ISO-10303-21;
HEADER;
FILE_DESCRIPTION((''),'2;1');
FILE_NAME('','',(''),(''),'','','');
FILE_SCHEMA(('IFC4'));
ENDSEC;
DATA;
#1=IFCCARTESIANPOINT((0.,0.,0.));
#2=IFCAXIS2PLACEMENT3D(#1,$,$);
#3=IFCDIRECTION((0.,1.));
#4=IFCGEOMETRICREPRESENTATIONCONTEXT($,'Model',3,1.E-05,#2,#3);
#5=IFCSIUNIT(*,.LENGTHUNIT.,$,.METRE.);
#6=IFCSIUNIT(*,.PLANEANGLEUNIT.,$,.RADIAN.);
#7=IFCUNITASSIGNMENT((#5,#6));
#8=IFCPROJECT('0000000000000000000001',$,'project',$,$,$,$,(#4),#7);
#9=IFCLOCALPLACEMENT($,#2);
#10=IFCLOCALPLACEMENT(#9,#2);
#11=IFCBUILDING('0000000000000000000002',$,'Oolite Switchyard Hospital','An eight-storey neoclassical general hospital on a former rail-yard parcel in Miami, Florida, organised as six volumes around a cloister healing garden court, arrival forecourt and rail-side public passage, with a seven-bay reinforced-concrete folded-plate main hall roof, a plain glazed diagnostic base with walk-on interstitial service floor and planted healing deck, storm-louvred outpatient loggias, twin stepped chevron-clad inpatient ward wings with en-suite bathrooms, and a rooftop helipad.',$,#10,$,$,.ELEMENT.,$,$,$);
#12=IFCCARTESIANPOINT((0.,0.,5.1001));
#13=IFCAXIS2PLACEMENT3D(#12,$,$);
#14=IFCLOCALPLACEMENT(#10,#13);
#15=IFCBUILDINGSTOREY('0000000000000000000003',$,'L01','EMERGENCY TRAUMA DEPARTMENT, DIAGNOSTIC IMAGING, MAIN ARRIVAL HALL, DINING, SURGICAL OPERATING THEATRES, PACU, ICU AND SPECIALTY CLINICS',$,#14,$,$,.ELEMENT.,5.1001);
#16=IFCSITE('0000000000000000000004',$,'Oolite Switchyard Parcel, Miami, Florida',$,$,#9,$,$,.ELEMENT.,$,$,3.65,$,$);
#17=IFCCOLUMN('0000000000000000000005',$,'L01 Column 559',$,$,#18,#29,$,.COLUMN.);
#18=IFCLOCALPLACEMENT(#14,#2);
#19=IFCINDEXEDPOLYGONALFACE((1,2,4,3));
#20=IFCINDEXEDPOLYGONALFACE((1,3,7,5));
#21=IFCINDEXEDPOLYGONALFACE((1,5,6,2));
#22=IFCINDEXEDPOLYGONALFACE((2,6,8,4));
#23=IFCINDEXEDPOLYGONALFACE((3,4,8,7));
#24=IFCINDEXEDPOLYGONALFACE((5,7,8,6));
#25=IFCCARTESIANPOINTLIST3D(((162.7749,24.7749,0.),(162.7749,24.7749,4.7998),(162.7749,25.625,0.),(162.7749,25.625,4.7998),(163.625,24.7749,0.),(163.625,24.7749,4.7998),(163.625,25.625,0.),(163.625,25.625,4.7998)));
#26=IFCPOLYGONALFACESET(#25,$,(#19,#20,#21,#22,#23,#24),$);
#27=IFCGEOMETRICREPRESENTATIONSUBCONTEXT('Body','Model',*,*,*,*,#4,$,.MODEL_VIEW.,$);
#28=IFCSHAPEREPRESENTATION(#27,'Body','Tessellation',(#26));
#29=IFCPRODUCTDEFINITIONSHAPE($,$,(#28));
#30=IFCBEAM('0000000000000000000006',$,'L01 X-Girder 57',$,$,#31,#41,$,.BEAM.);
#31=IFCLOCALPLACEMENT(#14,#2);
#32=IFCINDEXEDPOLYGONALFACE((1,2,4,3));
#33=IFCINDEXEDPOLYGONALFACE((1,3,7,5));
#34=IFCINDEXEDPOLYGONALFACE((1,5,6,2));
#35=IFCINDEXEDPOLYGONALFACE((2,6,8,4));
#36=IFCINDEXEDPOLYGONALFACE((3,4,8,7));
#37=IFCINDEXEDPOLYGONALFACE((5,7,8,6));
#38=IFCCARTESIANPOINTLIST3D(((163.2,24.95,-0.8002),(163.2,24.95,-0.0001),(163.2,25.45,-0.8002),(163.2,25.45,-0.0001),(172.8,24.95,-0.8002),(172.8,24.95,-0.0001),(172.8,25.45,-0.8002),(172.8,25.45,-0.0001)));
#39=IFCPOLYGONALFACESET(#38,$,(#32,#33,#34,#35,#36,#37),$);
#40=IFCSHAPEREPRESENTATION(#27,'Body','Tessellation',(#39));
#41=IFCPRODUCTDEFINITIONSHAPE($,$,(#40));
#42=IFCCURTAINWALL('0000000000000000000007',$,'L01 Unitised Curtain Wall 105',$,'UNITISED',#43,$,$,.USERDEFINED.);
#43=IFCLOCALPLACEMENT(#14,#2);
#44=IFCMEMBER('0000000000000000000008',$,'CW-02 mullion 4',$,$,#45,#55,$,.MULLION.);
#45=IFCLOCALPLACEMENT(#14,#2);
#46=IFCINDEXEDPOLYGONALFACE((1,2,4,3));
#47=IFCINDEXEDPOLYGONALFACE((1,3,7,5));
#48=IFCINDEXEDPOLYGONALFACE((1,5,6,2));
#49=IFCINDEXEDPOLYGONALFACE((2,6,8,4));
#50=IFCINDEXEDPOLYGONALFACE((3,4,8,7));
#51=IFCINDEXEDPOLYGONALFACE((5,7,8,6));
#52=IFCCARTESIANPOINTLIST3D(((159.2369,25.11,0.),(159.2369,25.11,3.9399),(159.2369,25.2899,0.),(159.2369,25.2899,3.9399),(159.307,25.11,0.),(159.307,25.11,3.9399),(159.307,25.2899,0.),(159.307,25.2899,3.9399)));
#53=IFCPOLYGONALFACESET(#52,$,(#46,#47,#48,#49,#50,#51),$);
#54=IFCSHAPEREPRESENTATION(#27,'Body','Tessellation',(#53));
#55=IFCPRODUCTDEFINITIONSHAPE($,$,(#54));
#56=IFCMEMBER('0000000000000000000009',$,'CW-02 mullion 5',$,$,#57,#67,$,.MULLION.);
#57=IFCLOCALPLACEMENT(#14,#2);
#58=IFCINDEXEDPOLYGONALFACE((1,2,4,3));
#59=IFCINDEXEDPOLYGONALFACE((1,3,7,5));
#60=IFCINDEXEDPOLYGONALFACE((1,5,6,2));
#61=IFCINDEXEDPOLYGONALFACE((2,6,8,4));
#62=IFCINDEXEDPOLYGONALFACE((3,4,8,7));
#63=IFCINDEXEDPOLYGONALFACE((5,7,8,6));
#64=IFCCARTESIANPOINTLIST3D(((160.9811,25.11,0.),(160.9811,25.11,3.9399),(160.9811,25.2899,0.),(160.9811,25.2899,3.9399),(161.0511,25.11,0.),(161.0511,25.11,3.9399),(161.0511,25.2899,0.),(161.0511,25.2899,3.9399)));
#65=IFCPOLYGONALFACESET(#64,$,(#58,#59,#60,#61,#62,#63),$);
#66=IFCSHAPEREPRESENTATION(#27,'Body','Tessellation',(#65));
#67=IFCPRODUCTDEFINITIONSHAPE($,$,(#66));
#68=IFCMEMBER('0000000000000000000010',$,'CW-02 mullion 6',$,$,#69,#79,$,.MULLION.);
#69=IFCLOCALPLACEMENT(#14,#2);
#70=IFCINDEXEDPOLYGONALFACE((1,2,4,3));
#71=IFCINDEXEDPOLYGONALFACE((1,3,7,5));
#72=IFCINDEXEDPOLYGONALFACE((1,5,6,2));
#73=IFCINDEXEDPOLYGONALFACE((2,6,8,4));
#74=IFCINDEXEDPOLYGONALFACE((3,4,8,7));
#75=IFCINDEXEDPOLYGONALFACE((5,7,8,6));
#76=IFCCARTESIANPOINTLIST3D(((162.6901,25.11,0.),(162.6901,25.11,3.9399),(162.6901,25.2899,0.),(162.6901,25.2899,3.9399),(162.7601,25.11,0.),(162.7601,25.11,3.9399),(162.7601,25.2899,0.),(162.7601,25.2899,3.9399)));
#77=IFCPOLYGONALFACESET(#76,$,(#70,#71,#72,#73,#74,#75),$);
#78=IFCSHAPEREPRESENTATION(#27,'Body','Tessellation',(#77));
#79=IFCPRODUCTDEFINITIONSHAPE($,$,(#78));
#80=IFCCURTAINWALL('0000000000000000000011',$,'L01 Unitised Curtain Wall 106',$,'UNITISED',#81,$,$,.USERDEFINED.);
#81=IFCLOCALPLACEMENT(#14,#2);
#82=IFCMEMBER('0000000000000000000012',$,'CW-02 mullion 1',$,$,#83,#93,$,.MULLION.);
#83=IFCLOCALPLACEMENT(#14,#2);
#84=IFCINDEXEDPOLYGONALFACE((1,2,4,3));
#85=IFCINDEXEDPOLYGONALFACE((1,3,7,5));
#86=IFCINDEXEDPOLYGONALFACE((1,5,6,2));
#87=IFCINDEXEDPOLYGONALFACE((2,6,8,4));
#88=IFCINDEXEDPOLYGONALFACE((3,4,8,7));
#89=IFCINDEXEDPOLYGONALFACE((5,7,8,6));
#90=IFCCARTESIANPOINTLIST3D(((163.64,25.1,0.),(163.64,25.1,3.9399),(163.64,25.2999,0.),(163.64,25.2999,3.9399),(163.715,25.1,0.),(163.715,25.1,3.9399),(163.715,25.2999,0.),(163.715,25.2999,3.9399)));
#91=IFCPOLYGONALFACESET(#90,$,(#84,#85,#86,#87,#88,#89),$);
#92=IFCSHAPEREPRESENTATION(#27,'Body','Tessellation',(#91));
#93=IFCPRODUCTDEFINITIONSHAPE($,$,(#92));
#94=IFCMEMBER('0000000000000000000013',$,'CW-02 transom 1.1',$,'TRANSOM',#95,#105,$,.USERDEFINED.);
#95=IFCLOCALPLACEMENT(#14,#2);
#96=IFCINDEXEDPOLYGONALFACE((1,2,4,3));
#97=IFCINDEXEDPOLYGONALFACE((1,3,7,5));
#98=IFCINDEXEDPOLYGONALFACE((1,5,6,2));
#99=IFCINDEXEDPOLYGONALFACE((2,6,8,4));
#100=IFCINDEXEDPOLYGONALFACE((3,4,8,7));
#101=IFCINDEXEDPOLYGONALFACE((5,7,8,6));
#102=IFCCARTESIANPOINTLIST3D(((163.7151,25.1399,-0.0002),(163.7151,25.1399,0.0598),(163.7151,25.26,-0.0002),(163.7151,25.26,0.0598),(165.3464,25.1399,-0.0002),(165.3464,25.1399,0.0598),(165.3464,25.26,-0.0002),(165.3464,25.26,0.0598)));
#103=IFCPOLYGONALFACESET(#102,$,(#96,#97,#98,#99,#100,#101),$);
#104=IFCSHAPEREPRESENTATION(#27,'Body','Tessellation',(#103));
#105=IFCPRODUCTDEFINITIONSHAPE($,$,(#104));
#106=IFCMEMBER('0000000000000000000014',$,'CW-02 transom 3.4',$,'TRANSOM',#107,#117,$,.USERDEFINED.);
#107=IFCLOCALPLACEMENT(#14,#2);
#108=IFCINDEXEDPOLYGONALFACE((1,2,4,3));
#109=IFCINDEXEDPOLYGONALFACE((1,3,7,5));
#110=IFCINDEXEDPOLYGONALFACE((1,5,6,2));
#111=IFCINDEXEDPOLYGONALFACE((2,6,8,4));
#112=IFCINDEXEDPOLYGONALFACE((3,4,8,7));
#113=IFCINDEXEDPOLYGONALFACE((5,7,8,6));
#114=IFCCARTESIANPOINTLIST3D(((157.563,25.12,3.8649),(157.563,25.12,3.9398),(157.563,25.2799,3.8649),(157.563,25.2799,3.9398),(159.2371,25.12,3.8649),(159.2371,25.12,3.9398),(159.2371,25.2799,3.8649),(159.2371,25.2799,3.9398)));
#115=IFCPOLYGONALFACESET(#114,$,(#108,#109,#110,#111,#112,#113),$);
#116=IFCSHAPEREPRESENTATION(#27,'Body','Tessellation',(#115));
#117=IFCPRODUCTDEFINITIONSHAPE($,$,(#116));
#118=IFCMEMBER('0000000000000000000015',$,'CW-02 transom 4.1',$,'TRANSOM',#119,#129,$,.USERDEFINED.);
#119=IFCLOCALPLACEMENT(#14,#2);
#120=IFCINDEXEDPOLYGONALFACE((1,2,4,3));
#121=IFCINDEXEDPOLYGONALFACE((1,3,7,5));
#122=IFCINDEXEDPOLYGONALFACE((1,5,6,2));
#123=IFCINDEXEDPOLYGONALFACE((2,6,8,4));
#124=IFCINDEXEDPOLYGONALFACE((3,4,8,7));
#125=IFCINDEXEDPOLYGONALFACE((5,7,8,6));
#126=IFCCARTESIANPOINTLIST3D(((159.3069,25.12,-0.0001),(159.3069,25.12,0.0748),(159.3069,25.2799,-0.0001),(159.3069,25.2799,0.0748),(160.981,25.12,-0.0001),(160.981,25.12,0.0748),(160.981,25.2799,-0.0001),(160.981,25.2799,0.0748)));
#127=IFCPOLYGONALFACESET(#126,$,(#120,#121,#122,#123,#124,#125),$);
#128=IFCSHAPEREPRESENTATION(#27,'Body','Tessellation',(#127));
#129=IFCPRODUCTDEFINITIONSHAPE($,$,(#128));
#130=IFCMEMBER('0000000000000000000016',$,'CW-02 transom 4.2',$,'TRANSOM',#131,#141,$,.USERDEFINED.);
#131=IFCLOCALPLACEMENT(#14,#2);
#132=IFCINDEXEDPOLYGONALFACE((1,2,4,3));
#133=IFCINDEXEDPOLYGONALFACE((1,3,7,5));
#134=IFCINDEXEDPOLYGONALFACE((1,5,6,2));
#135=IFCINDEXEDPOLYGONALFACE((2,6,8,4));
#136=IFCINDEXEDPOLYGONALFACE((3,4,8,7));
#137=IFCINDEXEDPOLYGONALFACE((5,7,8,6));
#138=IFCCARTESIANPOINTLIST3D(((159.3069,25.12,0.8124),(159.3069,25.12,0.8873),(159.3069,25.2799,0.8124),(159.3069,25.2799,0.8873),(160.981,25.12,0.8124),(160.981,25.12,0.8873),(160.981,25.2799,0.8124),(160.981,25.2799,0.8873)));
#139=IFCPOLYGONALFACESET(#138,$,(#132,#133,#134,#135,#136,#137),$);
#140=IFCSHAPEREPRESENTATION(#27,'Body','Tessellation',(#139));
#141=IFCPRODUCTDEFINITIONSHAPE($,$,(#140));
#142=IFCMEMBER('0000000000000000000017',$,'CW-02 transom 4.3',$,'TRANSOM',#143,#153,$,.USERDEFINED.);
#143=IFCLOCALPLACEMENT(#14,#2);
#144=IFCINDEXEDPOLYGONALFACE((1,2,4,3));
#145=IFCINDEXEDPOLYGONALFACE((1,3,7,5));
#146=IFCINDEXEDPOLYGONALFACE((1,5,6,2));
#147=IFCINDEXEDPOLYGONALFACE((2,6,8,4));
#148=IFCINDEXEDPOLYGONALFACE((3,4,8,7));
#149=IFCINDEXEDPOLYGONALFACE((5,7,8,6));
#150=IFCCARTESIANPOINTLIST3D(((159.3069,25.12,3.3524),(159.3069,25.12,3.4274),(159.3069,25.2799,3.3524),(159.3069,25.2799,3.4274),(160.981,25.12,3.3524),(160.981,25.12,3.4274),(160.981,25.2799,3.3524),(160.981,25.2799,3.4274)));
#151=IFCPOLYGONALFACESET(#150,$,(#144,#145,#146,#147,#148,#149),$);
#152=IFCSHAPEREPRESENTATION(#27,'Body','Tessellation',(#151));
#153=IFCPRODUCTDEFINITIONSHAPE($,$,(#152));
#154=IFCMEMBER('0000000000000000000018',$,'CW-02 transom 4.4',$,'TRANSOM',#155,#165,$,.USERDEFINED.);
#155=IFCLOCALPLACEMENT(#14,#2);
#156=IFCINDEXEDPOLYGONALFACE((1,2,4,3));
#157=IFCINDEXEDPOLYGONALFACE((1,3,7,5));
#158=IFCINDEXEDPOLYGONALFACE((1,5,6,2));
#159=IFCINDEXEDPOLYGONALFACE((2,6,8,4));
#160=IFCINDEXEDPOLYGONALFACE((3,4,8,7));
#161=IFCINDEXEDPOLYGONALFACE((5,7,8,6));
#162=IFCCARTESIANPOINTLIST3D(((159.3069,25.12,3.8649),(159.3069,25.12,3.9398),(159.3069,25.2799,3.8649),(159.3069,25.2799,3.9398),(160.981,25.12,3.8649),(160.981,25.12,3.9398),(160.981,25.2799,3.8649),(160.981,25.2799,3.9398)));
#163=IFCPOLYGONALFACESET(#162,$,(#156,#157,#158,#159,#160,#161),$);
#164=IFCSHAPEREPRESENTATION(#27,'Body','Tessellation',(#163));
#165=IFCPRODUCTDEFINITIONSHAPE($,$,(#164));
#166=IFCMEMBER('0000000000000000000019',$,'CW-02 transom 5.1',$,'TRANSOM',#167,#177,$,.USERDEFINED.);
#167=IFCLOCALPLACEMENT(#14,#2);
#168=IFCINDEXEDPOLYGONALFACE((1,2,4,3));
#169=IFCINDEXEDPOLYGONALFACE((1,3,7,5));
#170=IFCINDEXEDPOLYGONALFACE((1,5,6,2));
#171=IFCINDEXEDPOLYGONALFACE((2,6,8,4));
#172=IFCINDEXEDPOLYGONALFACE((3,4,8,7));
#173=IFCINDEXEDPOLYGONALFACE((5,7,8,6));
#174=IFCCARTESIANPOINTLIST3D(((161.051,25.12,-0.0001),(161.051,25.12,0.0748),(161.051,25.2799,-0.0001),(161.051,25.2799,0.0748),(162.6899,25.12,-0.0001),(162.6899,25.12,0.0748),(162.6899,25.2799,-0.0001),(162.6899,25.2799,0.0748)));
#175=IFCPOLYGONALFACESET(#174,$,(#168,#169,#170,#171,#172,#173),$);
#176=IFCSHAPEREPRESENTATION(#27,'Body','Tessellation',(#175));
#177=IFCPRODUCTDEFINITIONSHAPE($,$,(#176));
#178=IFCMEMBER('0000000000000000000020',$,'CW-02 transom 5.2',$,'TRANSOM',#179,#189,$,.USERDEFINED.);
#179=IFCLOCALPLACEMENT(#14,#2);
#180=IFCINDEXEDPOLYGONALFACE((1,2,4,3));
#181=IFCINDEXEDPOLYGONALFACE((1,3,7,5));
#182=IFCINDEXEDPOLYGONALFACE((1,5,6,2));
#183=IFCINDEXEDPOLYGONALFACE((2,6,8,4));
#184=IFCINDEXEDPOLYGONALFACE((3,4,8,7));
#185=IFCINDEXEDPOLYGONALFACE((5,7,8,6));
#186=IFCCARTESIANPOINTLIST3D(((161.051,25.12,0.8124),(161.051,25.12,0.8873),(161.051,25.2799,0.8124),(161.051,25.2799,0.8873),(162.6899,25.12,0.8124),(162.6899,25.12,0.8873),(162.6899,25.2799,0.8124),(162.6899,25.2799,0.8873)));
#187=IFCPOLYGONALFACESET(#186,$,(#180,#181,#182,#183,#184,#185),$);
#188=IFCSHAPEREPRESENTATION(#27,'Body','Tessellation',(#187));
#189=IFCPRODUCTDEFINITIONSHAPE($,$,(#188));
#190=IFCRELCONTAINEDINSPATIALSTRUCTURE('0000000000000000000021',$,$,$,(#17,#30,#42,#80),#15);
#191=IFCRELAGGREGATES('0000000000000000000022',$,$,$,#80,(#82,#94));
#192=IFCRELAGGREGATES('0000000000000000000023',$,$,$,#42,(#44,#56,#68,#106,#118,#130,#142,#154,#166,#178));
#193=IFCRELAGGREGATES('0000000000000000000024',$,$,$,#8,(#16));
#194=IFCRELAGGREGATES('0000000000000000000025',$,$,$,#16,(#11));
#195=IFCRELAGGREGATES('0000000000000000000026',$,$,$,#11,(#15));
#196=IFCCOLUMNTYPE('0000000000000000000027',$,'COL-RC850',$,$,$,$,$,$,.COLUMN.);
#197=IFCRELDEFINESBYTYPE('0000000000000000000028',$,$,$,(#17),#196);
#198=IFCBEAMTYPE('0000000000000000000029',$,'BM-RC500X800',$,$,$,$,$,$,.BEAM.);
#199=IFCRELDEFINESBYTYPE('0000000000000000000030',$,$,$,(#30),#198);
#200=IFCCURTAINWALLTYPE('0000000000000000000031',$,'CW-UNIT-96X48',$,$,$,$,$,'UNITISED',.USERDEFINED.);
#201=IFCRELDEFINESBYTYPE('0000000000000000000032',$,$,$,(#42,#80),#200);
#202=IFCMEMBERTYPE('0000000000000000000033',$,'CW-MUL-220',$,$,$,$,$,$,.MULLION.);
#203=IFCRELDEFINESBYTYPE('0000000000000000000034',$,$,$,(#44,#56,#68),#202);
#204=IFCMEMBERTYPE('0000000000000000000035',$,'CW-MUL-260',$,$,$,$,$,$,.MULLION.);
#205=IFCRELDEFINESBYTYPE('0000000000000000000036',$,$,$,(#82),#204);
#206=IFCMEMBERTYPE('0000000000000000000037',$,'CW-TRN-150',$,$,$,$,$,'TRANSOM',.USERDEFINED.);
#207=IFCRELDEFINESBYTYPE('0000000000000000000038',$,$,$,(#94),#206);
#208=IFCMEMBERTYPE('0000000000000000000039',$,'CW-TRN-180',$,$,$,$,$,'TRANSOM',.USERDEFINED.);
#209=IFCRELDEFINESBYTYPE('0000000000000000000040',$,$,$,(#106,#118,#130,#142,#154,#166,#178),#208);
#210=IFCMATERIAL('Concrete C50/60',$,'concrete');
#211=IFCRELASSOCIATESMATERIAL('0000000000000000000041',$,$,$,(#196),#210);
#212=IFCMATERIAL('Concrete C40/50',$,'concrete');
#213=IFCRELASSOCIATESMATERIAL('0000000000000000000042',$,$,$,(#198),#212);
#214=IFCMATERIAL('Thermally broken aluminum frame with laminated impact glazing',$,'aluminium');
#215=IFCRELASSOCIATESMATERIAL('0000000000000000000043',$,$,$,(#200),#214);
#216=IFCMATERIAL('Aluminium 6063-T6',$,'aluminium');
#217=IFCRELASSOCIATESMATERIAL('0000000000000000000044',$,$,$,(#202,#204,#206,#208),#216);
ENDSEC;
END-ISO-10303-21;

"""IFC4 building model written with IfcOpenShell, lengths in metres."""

from ifc_helpers import new_model, si_unit, direction, frame, origin, origin_2d, place, context, subcontext, project, spatial, rectangle, extrude, material, material_profile, profile_set, type_object, element, aggregate, save


model = new_model("IFC4")

# Units and contexts
model_context = context("Model", 3, precision=1e-05, world=origin(), true_north=direction((0.0, 1.0)))
body_context = subcontext(model_context, "Body", "Model", "MODEL_VIEW")
ifc_project = project(units=[si_unit("LENGTHUNIT", "METRE"), si_unit("PLANEANGLEUNIT", "RADIAN")], contexts=[model_context])

# Site, building, storey
site_placement = place(None, origin())
site = spatial("IfcSite", under=ifc_project, at=site_placement, Name="Oolite Switchyard Parcel, Miami, Florida", CompositionType="ELEMENT", RefElevation=3.65)
building_placement = place(site_placement, origin())
building = spatial("IfcBuilding", under=site, at=building_placement, Name="Oolite Switchyard Hospital", Description="An eight-storey neoclassical general hospital on a former rail-yard parcel in Miami, Florida, organised as six volumes around a cloister healing garden court, arrival forecourt and rail-side public passage, with a seven-bay reinforced-concrete folded-plate main hall roof, a plain glazed diagnostic base with walk-on interstitial service floor and planted healing deck, storm-louvred outpatient loggias, twin stepped chevron-clad inpatient ward wings with en-suite bathrooms, and a rooftop helipad.", CompositionType="ELEMENT")
storey_placement = place(building_placement, frame((0.0, 0.0, 5.1001)))
storey = spatial("IfcBuildingStorey", under=building, at=storey_placement, Name="L01", Description="EMERGENCY TRAUMA DEPARTMENT, DIAGNOSTIC IMAGING, MAIN ARRIVAL HALL, DINING, SURGICAL OPERATING THEATRES, PACU, ICU AND SPECIALTY CLINICS", CompositionType="ELEMENT", Elevation=5.1001)

# Column
ifc_material_1 = material(Name="Concrete C50/60", Category="concrete")
ifc_material_profile_1 = material_profile(ifc_material_1, rectangle(XDim=0.8501, YDim=0.8501, at=origin_2d()), Name="RC850X850")
ifc_profile_set_1 = profile_set([ifc_material_profile_1], Name="Concrete C50/60")
column_type = type_object("IfcColumnType", Name="COL-RC850", PredefinedType="COLUMN", material=ifc_profile_set_1)
column_placement = place(storey_placement, frame((163.2, 25.2, 0.0), z_axis=(0.0, 0.0, 1.0), x_axis=(1.0, 0.0, 0.0)))
element("IfcColumn", 1, at=column_placement, inside=storey, type_object=column_type, Name="L01 Column 559", PredefinedType="COLUMN", context=body_context, shape_type="SweptSolid", body=[
    extrude(rectangle(XDim=0.8501, YDim=0.8501, at=origin_2d()), origin(), (0.0, 0.0, 1.0), 4.7998),
])

# Beam
ifc_material_2 = material(Name="Concrete C40/50", Category="concrete")
ifc_material_profile_2 = material_profile(ifc_material_2, rectangle(XDim=0.5, YDim=0.8, at=origin_2d()), Name="RCB500X800")
ifc_profile_set_2 = profile_set([ifc_material_profile_2], Name="Concrete C40/50")
beam_type = type_object("IfcBeamType", Name="BM-RC500X800", PredefinedType="BEAM", material=ifc_profile_set_2)
beam_placement = place(storey_placement, frame((163.2, 25.2, -0.4001), z_axis=(1.0, 0.0, 0.0), x_axis=(0.0, 1.0, 0.0)))
element("IfcBeam", 2, at=beam_placement, inside=storey, type_object=beam_type, Name="L01 X-Girder 57", PredefinedType="BEAM", context=body_context, shape_type="SweptSolid", body=[
    extrude(rectangle(XDim=0.5, YDim=0.8, at=origin_2d()), origin(), (0.0, 0.0, 1.0), 9.6001),
])

# Curtain walls, members
ifc_material_3 = material(Name="Thermally broken aluminum frame with laminated impact glazing", Category="aluminium")
curtain_wall_type = type_object("IfcCurtainWallType", Name="CW-UNIT-96X48", ElementType="UNITISED", PredefinedType="USERDEFINED", material=ifc_material_3)
curtain_wall_1_placement = place(storey_placement, origin())
curtain_wall_1 = element("IfcCurtainWall", 3, at=curtain_wall_1_placement, inside=storey, type_object=curtain_wall_type, Name="L01 Unitised Curtain Wall 105", ObjectType="UNITISED", PredefinedType="USERDEFINED")
ifc_material_4 = material(Name="Aluminium 6063-T6", Category="aluminium")
ifc_material_profile_3 = material_profile(ifc_material_4, rectangle(XDim=0.1799, YDim=0.0701, at=origin_2d()), Name="CWM70X180")
ifc_profile_set_3 = profile_set([ifc_material_profile_3], Name="Aluminium 6063-T6")
member_type_1 = type_object("IfcMemberType", Name="CW-MUL-220", PredefinedType="MULLION", material=ifc_profile_set_3)
member_1_placement = place(storey_placement, frame((159.272, 25.2, 0.0), z_axis=(0.0, 0.0, 1.0), x_axis=(0.0, 1.0, 0.0)))
member_1 = element("IfcMember", 4, at=member_1_placement, type_object=member_type_1, Name="CW-02 mullion 4", PredefinedType="MULLION", context=body_context, shape_type="SweptSolid", body=[
    extrude(rectangle(XDim=0.1799, YDim=0.0701, at=origin_2d()), origin(), (0.0, 0.0, 1.0), 3.9399),
])
member_2_placement = place(storey_placement, frame((161.0161, 25.2, 0.0), z_axis=(0.0, 0.0, 1.0), x_axis=(0.0, 1.0, 0.0)))
member_2 = element("IfcMember", 5, at=member_2_placement, type_object=member_type_1, Name="CW-02 mullion 5", PredefinedType="MULLION", context=body_context, shape_type="SweptSolid", body=[
    extrude(rectangle(XDim=0.1799, YDim=0.0701, at=origin_2d()), origin(), (0.0, 0.0, 1.0), 3.9399),
])
member_3_placement = place(storey_placement, frame((162.7251, 25.2, 0.0), z_axis=(0.0, 0.0, 1.0), x_axis=(0.0, 1.0, 0.0)))
member_3 = element("IfcMember", 6, at=member_3_placement, type_object=member_type_1, Name="CW-02 mullion 6", PredefinedType="MULLION", context=body_context, shape_type="SweptSolid", body=[
    extrude(rectangle(XDim=0.1799, YDim=0.0701, at=origin_2d()), origin(), (0.0, 0.0, 1.0), 3.9399),
])
curtain_wall_2_placement = place(storey_placement, origin())
curtain_wall_2 = element("IfcCurtainWall", 7, at=curtain_wall_2_placement, inside=storey, type_object=curtain_wall_type, Name="L01 Unitised Curtain Wall 106", ObjectType="UNITISED", PredefinedType="USERDEFINED")
ifc_material_profile_4 = material_profile(ifc_material_4, rectangle(XDim=0.2, YDim=0.075, at=origin_2d()), Name="CWM75X200")
ifc_profile_set_4 = profile_set([ifc_material_profile_4], Name="Aluminium 6063-T6")
member_type_2 = type_object("IfcMemberType", Name="CW-MUL-260", PredefinedType="MULLION", material=ifc_profile_set_4)
member_4_placement = place(storey_placement, frame((163.6775, 25.2, 0.0), z_axis=(0.0, 0.0, 1.0), x_axis=(0.0, 1.0, 0.0)))
member_4 = element("IfcMember", 8, at=member_4_placement, type_object=member_type_2, Name="CW-02 mullion 1", PredefinedType="MULLION", context=body_context, shape_type="SweptSolid", body=[
    extrude(rectangle(XDim=0.2, YDim=0.075, at=origin_2d()), origin(), (0.0, 0.0, 1.0), 3.9399),
])
ifc_material_profile_5 = material_profile(ifc_material_4, rectangle(XDim=0.1201, YDim=0.0601, at=origin_2d()), Name="CWT60X120")
ifc_profile_set_5 = profile_set([ifc_material_profile_5], Name="Aluminium 6063-T6")
member_type_3 = type_object("IfcMemberType", Name="CW-TRN-150", ElementType="TRANSOM", PredefinedType="USERDEFINED", material=ifc_profile_set_5)
member_5_placement = place(storey_placement, frame((163.7151, 25.2, 0.0298), z_axis=(1.0, 0.0, 0.0), x_axis=(0.0, 1.0, 0.0)))
member_5 = element("IfcMember", 9, at=member_5_placement, type_object=member_type_3, Name="CW-02 transom 1.1", ObjectType="TRANSOM", PredefinedType="USERDEFINED", context=body_context, shape_type="SweptSolid", body=[
    extrude(rectangle(XDim=0.1201, YDim=0.0601, at=origin_2d()), origin(), (0.0, 0.0, 1.0), 1.6313),
])
aggregate(curtain_wall_2, [member_4, member_5])

# Members
ifc_material_profile_6 = material_profile(ifc_material_4, rectangle(XDim=0.1599, YDim=0.075, at=origin_2d()), Name="CWT75X160")
ifc_profile_set_6 = profile_set([ifc_material_profile_6], Name="Aluminium 6063-T6")
member_type_4 = type_object("IfcMemberType", Name="CW-TRN-180", ElementType="TRANSOM", PredefinedType="USERDEFINED", material=ifc_profile_set_6)
member_6_placement = place(storey_placement, frame((157.563, 25.2, 3.9023), z_axis=(1.0, 0.0, 0.0), x_axis=(0.0, 1.0, 0.0)))
member_6 = element("IfcMember", 10, at=member_6_placement, type_object=member_type_4, Name="CW-02 transom 3.4", ObjectType="TRANSOM", PredefinedType="USERDEFINED", context=body_context, shape_type="SweptSolid", body=[
    extrude(rectangle(XDim=0.1599, YDim=0.075, at=origin_2d()), origin(), (0.0, 0.0, 1.0), 1.6741),
])
member_7_placement = place(storey_placement, frame((159.3069, 25.2, 0.0374), z_axis=(1.0, 0.0, 0.0), x_axis=(0.0, 1.0, 0.0)))
member_7 = element("IfcMember", 11, at=member_7_placement, type_object=member_type_4, Name="CW-02 transom 4.1", ObjectType="TRANSOM", PredefinedType="USERDEFINED", context=body_context, shape_type="SweptSolid", body=[
    extrude(rectangle(XDim=0.1599, YDim=0.075, at=origin_2d()), origin(), (0.0, 0.0, 1.0), 1.6741),
])
member_8_placement = place(storey_placement, frame((159.3069, 25.2, 0.8499), z_axis=(1.0, 0.0, 0.0), x_axis=(0.0, 1.0, 0.0)))
member_8 = element("IfcMember", 12, at=member_8_placement, type_object=member_type_4, Name="CW-02 transom 4.2", ObjectType="TRANSOM", PredefinedType="USERDEFINED", context=body_context, shape_type="SweptSolid", body=[
    extrude(rectangle(XDim=0.1599, YDim=0.075, at=origin_2d()), origin(), (0.0, 0.0, 1.0), 1.6741),
])
member_9_placement = place(storey_placement, frame((159.3069, 25.2, 3.3899), z_axis=(1.0, 0.0, 0.0), x_axis=(0.0, 1.0, 0.0)))
member_9 = element("IfcMember", 13, at=member_9_placement, type_object=member_type_4, Name="CW-02 transom 4.3", ObjectType="TRANSOM", PredefinedType="USERDEFINED", context=body_context, shape_type="SweptSolid", body=[
    extrude(rectangle(XDim=0.1599, YDim=0.075, at=origin_2d()), origin(), (0.0, 0.0, 1.0), 1.6741),
])
member_10_placement = place(storey_placement, frame((159.3069, 25.2, 3.9023), z_axis=(1.0, 0.0, 0.0), x_axis=(0.0, 1.0, 0.0)))
member_10 = element("IfcMember", 14, at=member_10_placement, type_object=member_type_4, Name="CW-02 transom 4.4", ObjectType="TRANSOM", PredefinedType="USERDEFINED", context=body_context, shape_type="SweptSolid", body=[
    extrude(rectangle(XDim=0.1599, YDim=0.075, at=origin_2d()), origin(), (0.0, 0.0, 1.0), 1.6741),
])
member_11_placement = place(storey_placement, frame((161.051, 25.2, 0.0374), z_axis=(1.0, 0.0, 0.0), x_axis=(0.0, 1.0, 0.0)))
member_11 = element("IfcMember", 15, at=member_11_placement, type_object=member_type_4, Name="CW-02 transom 5.1", ObjectType="TRANSOM", PredefinedType="USERDEFINED", context=body_context, shape_type="SweptSolid", body=[
    extrude(rectangle(XDim=0.1599, YDim=0.075, at=origin_2d()), origin(), (0.0, 0.0, 1.0), 1.6389),
])
member_12_placement = place(storey_placement, frame((161.051, 25.2, 0.8499), z_axis=(1.0, 0.0, 0.0), x_axis=(0.0, 1.0, 0.0)))
member_12 = element("IfcMember", 16, at=member_12_placement, type_object=member_type_4, Name="CW-02 transom 5.2", ObjectType="TRANSOM", PredefinedType="USERDEFINED", context=body_context, shape_type="SweptSolid", body=[
    extrude(rectangle(XDim=0.1599, YDim=0.075, at=origin_2d()), origin(), (0.0, 0.0, 1.0), 1.6389),
])

aggregate(curtain_wall_1, [member_1, member_2, member_3, member_6, member_7, member_8, member_9, member_10, member_11, member_12])

save(model, "model.ifc")
